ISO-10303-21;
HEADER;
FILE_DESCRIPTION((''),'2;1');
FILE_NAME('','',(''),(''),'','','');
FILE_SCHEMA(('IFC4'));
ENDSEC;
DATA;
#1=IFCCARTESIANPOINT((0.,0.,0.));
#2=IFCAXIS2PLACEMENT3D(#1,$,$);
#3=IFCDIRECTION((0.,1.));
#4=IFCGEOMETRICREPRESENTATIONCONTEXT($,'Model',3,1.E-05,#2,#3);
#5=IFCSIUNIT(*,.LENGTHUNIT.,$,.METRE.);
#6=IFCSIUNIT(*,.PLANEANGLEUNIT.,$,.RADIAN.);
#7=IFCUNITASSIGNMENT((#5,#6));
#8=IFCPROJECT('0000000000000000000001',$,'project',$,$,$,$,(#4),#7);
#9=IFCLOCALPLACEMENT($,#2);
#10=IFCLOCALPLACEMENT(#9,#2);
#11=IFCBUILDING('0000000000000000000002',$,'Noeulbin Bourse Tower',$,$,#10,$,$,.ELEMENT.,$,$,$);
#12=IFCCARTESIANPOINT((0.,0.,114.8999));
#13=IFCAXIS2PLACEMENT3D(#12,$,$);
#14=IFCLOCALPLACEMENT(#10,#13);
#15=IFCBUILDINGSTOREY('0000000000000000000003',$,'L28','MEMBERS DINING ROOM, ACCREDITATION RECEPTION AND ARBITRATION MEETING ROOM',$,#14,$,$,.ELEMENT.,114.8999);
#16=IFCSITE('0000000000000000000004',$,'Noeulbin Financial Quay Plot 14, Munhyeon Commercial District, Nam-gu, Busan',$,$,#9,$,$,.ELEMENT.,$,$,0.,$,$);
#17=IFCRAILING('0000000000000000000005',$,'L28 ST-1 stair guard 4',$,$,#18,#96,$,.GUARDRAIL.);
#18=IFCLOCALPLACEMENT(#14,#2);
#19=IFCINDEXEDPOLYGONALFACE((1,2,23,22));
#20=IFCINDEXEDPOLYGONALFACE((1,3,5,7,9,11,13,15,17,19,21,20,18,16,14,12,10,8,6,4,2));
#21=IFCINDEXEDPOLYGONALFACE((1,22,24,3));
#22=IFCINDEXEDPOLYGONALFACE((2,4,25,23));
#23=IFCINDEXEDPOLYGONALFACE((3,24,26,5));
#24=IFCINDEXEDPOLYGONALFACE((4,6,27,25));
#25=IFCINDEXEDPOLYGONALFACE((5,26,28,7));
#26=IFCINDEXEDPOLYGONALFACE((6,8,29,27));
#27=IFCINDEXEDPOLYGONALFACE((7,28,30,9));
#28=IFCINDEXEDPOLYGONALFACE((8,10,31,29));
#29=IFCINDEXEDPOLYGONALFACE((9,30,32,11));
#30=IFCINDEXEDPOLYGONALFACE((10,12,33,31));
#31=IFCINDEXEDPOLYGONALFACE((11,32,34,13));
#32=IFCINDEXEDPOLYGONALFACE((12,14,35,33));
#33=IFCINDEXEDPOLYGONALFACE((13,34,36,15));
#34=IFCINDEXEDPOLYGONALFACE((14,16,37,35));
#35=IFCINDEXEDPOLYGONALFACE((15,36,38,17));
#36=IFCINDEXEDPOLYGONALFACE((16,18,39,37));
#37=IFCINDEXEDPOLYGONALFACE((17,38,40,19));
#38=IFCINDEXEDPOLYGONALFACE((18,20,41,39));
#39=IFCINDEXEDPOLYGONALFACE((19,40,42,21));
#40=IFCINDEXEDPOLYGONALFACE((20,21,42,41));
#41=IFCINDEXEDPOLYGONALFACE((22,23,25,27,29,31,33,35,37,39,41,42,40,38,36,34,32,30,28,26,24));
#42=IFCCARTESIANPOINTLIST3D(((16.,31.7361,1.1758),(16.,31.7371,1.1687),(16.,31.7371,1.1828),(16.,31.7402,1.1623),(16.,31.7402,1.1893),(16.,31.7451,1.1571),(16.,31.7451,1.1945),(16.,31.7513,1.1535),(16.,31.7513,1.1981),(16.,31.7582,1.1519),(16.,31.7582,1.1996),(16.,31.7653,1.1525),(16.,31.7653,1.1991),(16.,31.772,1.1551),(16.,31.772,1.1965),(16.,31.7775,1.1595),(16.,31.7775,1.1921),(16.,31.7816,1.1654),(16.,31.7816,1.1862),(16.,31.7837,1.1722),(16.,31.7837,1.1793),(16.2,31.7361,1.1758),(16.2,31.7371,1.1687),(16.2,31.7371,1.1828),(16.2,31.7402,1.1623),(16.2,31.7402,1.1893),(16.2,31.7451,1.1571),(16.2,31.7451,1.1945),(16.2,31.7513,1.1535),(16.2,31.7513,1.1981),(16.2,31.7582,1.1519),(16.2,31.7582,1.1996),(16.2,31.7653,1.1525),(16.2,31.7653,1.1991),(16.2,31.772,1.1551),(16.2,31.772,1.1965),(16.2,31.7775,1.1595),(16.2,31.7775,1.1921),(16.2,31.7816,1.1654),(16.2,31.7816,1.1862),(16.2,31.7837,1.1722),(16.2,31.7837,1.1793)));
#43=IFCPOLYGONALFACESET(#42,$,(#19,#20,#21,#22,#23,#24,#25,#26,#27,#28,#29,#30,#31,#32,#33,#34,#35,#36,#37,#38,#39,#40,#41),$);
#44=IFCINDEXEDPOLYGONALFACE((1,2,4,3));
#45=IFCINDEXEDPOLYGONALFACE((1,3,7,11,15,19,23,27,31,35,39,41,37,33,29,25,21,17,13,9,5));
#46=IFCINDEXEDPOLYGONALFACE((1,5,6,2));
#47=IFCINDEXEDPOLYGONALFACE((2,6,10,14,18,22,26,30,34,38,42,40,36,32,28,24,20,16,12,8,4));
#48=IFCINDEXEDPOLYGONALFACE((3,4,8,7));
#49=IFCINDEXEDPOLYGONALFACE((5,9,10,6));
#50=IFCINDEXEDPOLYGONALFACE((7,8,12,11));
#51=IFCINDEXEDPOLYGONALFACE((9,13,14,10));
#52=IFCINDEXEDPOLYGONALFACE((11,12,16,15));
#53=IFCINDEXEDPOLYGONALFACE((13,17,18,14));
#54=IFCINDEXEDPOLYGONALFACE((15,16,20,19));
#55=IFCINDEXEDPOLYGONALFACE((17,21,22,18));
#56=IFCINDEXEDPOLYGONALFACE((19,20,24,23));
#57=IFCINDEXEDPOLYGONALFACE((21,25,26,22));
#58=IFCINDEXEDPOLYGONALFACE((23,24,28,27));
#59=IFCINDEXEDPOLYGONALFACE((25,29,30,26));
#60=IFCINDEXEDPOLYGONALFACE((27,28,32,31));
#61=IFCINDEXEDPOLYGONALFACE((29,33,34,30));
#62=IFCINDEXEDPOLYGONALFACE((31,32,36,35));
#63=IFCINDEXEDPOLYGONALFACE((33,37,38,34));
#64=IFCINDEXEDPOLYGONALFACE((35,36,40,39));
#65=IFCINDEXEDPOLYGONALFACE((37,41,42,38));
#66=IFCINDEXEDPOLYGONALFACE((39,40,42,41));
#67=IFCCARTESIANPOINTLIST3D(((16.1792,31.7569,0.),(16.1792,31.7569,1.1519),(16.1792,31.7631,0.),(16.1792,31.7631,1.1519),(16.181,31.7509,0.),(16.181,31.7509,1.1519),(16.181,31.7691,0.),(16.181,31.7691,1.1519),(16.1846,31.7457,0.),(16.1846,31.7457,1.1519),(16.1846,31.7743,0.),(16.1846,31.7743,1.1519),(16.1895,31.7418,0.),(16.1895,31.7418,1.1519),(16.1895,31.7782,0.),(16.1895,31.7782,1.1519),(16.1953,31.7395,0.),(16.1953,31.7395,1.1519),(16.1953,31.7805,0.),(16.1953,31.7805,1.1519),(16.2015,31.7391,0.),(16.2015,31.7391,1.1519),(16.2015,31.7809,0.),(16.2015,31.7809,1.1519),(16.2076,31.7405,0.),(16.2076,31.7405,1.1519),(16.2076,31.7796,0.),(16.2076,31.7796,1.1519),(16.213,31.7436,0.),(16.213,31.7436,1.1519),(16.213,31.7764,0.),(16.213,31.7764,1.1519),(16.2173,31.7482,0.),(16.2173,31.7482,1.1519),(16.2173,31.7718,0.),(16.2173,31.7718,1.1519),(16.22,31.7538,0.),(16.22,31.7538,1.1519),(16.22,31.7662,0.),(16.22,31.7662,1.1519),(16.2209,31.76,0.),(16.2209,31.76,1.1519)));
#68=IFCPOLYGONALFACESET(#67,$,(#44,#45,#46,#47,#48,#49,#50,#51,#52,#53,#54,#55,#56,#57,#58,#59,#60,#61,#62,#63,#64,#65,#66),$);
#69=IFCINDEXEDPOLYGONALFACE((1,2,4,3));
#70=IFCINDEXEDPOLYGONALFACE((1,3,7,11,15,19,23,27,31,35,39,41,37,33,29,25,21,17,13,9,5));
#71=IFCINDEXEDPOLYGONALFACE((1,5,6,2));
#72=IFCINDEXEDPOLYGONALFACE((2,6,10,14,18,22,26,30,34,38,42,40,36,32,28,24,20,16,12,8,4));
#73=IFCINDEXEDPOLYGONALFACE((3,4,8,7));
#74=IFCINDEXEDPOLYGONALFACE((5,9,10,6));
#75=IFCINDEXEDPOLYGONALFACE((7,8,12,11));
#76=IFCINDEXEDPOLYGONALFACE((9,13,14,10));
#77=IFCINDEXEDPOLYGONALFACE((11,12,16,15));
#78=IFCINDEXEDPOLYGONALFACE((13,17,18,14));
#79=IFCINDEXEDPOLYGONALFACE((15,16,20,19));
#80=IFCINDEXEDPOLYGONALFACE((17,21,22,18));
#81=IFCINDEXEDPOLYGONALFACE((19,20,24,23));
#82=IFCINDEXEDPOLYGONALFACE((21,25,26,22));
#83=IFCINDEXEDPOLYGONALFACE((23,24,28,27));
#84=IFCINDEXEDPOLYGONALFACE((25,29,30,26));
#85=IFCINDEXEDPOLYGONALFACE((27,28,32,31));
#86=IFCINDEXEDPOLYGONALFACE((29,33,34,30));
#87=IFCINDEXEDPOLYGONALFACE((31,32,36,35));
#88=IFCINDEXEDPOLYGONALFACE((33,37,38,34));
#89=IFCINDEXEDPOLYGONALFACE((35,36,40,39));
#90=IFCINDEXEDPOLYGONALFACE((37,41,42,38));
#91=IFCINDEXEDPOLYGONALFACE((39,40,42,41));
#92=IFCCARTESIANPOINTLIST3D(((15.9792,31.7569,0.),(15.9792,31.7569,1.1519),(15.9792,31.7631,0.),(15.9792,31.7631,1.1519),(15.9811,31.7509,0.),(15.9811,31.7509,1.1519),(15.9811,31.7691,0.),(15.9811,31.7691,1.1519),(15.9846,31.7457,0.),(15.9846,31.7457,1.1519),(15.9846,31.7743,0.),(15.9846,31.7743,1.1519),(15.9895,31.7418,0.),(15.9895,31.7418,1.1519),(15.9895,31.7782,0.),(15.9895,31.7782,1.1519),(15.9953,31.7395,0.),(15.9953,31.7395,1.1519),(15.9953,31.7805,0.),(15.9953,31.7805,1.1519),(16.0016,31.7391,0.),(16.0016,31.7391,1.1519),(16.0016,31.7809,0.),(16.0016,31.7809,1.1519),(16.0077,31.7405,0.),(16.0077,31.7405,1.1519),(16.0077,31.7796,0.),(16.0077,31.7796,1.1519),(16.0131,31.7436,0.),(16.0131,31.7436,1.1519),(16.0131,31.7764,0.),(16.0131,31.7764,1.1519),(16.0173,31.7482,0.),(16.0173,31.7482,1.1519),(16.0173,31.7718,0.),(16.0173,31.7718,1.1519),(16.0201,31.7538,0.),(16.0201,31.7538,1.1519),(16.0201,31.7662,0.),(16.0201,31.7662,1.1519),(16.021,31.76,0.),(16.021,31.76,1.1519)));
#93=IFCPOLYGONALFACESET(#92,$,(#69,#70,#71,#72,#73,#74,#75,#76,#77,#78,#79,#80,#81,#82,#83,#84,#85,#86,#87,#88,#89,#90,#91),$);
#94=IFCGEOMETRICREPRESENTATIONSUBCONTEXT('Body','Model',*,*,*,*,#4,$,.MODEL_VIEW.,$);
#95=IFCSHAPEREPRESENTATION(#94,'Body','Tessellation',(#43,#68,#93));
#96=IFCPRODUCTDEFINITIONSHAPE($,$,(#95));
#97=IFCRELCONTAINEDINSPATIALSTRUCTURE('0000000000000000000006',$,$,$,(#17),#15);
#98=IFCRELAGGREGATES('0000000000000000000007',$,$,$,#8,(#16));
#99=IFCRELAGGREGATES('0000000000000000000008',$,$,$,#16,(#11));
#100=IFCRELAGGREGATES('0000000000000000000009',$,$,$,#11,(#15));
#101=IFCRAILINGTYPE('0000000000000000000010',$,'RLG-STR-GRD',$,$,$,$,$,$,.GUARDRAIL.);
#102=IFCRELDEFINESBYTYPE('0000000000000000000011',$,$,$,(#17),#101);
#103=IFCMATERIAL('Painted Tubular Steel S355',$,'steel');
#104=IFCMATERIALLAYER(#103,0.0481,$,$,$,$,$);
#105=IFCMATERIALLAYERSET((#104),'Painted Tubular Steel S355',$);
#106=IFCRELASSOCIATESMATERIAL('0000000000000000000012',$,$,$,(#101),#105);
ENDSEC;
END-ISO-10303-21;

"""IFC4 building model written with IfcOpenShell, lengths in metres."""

from ifc_helpers import new_model, si_unit, direction, frame, origin, origin_2d, place, context, subcontext, project, spatial, circle, extrude, material, layer, layer_set, type_object, element, save


model = new_model("IFC4")

# Units and contexts
model_context = context("Model", 3, precision=1e-05, world=origin(), true_north=direction((0.0, 1.0)))
body_context = subcontext(model_context, "Body", "Model", "MODEL_VIEW")
ifc_project = project(units=[si_unit("LENGTHUNIT", "METRE"), si_unit("PLANEANGLEUNIT", "RADIAN")], contexts=[model_context])

# Site, building, storey
site_placement = place(None, origin())
site = spatial("IfcSite", under=ifc_project, at=site_placement, Name="Noeulbin Financial Quay Plot 14, Munhyeon Commercial District, Nam-gu, Busan", CompositionType="ELEMENT", RefElevation=0.0)
building_placement = place(site_placement, origin())
building = spatial("IfcBuilding", under=site, at=building_placement, Name="Noeulbin Bourse Tower", CompositionType="ELEMENT")
storey_placement = place(building_placement, frame((0.0, 0.0, 114.8999)))
storey = spatial("IfcBuildingStorey", under=building, at=storey_placement, Name="L28", Description="MEMBERS DINING ROOM, ACCREDITATION RECEPTION AND ARBITRATION MEETING ROOM", CompositionType="ELEMENT", Elevation=114.8999)

# Railing
ifc_material_1 = material(Name="Painted Tubular Steel S355", Category="steel")
ifc_layer_1 = layer(ifc_material_1, 0.0481)
ifc_layer_set_1 = layer_set([ifc_layer_1], Name="Painted Tubular Steel S355")
railing_type_1 = type_object("IfcRailingType", Name="RLG-STR-GRD", PredefinedType="GUARDRAIL", material=ifc_layer_set_1)
railing_1_placement = place(storey_placement, frame((16.2, 31.76, 0.0)))
element("IfcRailing", 1, at=railing_1_placement, inside=storey, type_object=railing_type_1, Name="L28 ST-1 stair guard 4", PredefinedType="GUARDRAIL", context=body_context, shape_type="SweptSolid", body=[
    extrude(circle(Radius=0.0239, at=origin_2d()), frame((0.0, 0.0, 1.1758), z_axis=(-1.0, 0.0, 0.0), x_axis=(0.0, -1.0, 0.0)), (0.0, 0.0, 1.0), 0.2),
    extrude(circle(Radius=0.021, at=origin_2d()), origin(), (0.0, 0.0, 1.0), 1.1519),
    extrude(circle(Radius=0.021, at=origin_2d()), frame((-0.2, 0.0, 0.0)), (0.0, 0.0, 1.0), 1.1519),
])

save(model, "model.ifc")
